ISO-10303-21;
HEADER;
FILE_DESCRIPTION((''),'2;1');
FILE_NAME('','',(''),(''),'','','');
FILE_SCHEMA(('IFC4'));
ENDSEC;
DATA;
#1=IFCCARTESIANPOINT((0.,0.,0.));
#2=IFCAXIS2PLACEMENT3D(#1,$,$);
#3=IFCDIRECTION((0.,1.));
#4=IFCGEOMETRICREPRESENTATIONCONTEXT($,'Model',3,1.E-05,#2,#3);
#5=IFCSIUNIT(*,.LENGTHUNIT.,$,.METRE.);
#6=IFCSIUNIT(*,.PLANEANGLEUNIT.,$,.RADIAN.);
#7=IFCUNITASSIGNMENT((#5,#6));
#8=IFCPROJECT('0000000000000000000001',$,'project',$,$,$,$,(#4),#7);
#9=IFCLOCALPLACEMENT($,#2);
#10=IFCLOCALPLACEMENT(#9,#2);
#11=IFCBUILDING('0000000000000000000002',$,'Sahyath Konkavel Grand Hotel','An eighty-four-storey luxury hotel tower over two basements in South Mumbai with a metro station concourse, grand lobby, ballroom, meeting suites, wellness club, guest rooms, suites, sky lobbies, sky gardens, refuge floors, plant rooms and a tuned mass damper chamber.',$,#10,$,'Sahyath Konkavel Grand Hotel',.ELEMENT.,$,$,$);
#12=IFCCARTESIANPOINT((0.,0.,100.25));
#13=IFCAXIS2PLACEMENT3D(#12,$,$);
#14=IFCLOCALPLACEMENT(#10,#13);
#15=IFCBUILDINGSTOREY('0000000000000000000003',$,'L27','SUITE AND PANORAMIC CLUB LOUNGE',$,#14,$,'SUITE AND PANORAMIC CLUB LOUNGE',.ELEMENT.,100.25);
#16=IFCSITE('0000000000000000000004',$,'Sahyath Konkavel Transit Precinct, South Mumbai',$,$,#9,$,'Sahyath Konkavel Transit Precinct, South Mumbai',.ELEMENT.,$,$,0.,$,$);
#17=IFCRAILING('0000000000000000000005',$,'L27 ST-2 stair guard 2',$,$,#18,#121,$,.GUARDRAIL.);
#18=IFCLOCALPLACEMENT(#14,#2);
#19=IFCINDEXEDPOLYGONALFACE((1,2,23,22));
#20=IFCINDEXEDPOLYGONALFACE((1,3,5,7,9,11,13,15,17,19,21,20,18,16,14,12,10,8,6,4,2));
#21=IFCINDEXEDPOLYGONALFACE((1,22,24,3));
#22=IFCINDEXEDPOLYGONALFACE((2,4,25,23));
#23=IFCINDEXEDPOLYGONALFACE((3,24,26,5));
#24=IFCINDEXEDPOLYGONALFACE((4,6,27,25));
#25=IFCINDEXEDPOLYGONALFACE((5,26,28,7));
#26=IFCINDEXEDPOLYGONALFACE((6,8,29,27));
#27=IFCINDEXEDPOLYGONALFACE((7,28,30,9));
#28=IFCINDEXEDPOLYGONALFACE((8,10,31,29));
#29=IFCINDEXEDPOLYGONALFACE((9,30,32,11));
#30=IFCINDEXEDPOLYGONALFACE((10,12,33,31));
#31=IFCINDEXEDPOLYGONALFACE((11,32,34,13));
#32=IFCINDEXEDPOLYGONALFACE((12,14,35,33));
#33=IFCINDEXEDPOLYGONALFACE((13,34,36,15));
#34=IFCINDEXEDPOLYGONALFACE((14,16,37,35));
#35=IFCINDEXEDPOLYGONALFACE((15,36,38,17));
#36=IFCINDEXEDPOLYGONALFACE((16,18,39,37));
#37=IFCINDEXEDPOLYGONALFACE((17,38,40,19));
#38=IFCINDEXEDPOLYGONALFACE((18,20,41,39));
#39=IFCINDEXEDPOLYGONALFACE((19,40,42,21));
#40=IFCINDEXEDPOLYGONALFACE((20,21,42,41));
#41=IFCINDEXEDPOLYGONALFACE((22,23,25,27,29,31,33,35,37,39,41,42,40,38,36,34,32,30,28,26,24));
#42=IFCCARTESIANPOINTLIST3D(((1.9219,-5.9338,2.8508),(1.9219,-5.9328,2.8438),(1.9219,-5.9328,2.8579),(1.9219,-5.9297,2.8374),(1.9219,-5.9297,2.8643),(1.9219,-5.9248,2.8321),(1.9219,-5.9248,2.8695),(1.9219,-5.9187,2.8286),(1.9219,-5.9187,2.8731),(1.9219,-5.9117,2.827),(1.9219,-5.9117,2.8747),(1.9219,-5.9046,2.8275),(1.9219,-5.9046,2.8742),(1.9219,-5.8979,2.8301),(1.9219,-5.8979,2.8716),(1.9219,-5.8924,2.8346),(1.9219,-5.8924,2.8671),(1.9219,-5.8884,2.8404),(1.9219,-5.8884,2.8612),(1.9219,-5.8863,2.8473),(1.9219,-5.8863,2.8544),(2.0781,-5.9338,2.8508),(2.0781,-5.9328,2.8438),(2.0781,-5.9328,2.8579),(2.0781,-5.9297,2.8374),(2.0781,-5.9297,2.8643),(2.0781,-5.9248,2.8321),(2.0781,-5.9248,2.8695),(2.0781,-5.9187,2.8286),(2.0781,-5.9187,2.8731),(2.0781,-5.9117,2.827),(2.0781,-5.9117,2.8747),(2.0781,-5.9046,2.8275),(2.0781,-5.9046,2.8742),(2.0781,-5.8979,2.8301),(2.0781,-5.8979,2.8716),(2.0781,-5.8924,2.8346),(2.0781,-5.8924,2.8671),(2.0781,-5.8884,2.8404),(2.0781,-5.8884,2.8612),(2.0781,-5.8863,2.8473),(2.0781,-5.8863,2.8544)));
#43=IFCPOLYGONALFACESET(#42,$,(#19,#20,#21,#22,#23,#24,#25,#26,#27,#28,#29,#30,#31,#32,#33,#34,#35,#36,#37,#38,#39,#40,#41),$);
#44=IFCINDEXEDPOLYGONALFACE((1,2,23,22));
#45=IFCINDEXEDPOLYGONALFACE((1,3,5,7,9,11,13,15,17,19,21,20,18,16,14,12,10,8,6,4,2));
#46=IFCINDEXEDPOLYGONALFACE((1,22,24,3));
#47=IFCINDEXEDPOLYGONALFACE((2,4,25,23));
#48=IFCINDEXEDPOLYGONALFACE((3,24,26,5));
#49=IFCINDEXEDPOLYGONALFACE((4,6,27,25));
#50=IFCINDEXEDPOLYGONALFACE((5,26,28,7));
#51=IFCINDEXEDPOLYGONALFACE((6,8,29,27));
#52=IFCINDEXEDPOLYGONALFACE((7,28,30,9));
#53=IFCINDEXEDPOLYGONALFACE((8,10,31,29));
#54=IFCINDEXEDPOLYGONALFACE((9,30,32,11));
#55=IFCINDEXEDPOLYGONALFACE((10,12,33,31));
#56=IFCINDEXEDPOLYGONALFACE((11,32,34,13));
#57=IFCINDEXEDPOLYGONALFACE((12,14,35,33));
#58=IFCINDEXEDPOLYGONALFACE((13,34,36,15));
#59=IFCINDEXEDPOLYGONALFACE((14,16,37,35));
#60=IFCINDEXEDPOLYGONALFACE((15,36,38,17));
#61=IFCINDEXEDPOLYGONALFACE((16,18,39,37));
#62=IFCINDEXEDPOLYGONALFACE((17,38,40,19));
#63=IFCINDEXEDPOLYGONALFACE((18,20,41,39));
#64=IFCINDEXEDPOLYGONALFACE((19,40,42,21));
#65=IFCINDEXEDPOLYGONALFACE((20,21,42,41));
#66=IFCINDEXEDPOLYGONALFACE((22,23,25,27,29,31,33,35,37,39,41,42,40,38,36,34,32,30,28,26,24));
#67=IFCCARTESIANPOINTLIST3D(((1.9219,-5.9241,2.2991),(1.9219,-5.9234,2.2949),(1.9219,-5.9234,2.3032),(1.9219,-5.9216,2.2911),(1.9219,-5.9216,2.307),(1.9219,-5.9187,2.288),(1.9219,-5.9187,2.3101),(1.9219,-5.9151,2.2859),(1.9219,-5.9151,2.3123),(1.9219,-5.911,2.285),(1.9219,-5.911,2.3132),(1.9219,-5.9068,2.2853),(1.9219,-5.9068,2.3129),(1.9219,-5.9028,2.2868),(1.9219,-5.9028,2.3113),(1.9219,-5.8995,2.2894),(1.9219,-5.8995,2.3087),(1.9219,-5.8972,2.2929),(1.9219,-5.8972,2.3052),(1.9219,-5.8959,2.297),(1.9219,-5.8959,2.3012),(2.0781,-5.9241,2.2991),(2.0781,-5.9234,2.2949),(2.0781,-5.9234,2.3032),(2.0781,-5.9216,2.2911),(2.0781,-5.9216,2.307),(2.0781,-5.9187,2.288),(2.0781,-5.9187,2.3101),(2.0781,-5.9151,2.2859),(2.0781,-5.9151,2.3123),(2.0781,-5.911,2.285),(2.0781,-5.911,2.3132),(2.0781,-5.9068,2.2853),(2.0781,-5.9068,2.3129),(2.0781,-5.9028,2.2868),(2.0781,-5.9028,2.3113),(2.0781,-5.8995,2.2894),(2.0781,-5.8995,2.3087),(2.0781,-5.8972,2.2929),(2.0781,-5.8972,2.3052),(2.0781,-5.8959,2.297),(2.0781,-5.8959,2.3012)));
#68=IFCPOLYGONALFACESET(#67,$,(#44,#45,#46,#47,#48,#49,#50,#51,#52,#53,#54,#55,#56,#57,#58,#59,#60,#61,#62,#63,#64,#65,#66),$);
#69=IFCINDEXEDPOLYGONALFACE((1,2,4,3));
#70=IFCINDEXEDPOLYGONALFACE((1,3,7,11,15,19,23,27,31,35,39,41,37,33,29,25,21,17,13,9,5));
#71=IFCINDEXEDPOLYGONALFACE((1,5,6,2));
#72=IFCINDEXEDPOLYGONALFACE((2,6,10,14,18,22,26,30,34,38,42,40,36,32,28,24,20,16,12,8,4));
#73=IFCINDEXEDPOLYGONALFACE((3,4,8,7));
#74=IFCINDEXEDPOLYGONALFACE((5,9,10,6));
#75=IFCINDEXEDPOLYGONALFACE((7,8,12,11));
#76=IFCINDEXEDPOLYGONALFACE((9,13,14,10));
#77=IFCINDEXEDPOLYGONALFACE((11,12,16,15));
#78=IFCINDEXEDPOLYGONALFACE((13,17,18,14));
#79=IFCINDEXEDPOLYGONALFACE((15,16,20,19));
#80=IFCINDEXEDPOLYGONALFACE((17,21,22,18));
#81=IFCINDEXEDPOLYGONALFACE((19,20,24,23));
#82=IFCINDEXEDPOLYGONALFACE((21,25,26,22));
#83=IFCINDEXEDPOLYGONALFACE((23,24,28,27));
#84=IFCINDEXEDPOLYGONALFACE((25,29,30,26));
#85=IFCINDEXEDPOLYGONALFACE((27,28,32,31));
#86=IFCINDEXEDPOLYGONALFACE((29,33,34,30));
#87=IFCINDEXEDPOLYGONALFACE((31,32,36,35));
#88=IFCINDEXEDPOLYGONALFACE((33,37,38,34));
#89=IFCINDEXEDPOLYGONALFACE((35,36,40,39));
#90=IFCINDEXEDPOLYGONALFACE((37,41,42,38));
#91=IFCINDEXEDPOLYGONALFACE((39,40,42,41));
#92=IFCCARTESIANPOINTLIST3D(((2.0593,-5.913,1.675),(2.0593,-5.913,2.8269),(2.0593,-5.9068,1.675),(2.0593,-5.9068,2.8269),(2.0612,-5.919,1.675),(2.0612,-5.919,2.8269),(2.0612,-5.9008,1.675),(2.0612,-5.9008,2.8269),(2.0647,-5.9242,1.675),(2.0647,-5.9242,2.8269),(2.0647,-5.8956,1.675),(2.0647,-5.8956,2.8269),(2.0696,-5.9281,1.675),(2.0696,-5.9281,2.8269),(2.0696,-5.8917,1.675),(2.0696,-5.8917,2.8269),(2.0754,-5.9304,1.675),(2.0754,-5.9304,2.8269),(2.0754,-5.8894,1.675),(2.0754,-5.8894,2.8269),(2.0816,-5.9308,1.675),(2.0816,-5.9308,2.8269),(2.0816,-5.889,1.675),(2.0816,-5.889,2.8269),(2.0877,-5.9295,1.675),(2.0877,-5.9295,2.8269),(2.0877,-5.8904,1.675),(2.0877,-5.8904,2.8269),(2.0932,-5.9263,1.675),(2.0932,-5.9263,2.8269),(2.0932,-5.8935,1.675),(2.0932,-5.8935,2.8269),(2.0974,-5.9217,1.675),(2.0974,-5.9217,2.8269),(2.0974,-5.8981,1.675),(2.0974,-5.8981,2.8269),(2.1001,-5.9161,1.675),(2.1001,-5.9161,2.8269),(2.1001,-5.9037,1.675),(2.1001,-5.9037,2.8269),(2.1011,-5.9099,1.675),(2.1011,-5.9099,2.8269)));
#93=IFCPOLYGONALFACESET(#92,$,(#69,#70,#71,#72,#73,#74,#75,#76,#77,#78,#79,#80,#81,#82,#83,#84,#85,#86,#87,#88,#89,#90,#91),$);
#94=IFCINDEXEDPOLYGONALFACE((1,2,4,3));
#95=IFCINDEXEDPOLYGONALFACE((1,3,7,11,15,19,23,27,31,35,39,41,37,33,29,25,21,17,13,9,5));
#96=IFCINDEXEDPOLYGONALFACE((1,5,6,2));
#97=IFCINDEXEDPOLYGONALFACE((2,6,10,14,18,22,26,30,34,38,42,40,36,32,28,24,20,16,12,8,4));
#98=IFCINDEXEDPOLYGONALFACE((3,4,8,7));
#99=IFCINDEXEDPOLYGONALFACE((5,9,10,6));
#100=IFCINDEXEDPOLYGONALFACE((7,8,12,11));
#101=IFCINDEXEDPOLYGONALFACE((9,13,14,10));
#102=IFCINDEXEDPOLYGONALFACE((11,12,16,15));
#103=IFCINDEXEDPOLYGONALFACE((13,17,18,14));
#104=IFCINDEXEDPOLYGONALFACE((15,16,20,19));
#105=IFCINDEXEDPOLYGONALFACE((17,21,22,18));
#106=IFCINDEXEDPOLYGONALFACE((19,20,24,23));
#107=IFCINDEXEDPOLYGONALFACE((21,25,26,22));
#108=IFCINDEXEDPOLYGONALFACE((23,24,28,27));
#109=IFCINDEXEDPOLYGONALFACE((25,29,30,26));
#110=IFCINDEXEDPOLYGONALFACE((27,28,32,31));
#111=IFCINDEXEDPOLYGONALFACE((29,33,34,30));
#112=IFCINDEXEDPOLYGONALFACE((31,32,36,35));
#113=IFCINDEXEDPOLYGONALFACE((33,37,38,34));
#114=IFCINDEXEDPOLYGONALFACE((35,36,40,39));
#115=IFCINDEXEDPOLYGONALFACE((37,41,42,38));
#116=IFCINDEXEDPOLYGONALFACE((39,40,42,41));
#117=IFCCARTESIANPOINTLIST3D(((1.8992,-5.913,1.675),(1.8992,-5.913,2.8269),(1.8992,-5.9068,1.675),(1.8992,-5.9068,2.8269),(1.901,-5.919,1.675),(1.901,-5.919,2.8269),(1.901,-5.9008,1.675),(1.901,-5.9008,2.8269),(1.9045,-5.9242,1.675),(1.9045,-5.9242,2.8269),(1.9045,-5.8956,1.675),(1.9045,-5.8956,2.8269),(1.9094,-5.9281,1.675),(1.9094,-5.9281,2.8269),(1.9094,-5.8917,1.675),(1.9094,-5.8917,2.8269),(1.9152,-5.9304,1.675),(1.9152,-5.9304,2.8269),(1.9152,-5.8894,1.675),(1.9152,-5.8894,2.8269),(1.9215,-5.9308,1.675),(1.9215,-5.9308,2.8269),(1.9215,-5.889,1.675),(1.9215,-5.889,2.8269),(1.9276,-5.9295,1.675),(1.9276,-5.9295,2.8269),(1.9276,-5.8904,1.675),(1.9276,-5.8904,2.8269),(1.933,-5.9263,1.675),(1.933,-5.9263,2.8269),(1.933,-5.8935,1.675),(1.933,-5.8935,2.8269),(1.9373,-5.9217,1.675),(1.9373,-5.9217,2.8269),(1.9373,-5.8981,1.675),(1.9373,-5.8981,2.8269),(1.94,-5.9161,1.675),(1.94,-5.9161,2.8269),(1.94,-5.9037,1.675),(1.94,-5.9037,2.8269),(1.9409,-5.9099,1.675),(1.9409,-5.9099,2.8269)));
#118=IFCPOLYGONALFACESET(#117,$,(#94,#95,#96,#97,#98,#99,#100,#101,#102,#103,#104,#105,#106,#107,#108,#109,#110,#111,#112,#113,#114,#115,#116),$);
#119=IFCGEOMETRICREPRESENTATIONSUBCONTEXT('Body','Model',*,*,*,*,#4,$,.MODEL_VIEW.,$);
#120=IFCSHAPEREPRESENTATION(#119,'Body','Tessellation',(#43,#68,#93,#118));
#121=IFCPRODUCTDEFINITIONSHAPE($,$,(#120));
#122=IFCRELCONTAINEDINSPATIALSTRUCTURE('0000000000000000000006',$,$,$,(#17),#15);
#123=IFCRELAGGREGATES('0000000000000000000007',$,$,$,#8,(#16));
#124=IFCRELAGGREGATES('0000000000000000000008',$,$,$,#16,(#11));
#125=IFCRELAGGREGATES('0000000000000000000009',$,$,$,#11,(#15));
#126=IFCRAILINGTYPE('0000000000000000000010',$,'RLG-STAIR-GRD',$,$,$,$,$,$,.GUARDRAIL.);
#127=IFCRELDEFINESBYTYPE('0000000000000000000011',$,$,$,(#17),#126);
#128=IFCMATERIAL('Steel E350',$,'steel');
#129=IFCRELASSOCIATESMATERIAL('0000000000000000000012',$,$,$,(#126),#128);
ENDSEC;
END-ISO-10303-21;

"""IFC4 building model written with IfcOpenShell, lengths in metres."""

from ifc_helpers import new_model, si_unit, direction, frame, origin, origin_2d, place, context, subcontext, project, spatial, circle, extrude, material, type_object, element, save


model = new_model("IFC4")

# Units and contexts
model_context = context("Model", 3, precision=1e-05, world=origin(), true_north=direction((0.0, 1.0)))
body_context = subcontext(model_context, "Body", "Model", "MODEL_VIEW")
ifc_project = project(units=[si_unit("LENGTHUNIT", "METRE"), si_unit("PLANEANGLEUNIT", "RADIAN")], contexts=[model_context])

# Site, building, storey
site_placement = place(None, origin())
site = spatial("IfcSite", under=ifc_project, at=site_placement, Name="Sahyath Konkavel Transit Precinct, South Mumbai", LongName="Sahyath Konkavel Transit Precinct, South Mumbai", CompositionType="ELEMENT", RefElevation=0.0)
building_placement = place(site_placement, origin())
building = spatial("IfcBuilding", under=site, at=building_placement, Name="Sahyath Konkavel Grand Hotel", Description="An eighty-four-storey luxury hotel tower over two basements in South Mumbai with a metro station concourse, grand lobby, ballroom, meeting suites, wellness club, guest rooms, suites, sky lobbies, sky gardens, refuge floors, plant rooms and a tuned mass damper chamber.", LongName="Sahyath Konkavel Grand Hotel", CompositionType="ELEMENT")
storey_placement = place(building_placement, frame((0.0, 0.0, 100.25)))
storey = spatial("IfcBuildingStorey", under=building, at=storey_placement, Name="L27", Description="SUITE AND PANORAMIC CLUB LOUNGE", LongName="SUITE AND PANORAMIC CLUB LOUNGE", CompositionType="ELEMENT", Elevation=100.25)

# Shared definitions
ifc_material_1 = material(Name="Steel E350", Category="steel")

# Railing
railing_type_1 = type_object("IfcRailingType", Name="RLG-STAIR-GRD", PredefinedType="GUARDRAIL", material=ifc_material_1)
railing_1_placement = place(storey_placement, frame((2.0801, -5.9099, 1.675)))
element("IfcRailing", 1, at=railing_1_placement, inside=storey, type_object=railing_type_1, Name="L27 ST-2 stair guard 2", PredefinedType="GUARDRAIL", context=body_context, shape_type="SweptSolid", body=[
    extrude(circle(Radius=0.0239, at=origin_2d()), frame((-0.002, 0.0, 1.1758), z_axis=(-1.0, 0.0, 0.0), x_axis=(0.0, -1.0, 0.0)), (0.0, 0.0, 1.0), 0.1562),
    extrude(circle(Radius=0.0142, at=origin_2d()), frame((-0.002, 0.0, 0.624), z_axis=(-1.0, 0.0, 0.0), x_axis=(0.0, -1.0, 0.0)), (0.0, 0.0, 1.0), 0.1562),
    extrude(circle(Radius=0.021, at=origin_2d()), origin(), (0.0, 0.0, 1.0), 1.1519),
    extrude(circle(Radius=0.021, at=origin_2d()), frame((-0.1602, 0.0, 0.0)), (0.0, 0.0, 1.0), 1.1519),
])

save(model, "model.ifc")
